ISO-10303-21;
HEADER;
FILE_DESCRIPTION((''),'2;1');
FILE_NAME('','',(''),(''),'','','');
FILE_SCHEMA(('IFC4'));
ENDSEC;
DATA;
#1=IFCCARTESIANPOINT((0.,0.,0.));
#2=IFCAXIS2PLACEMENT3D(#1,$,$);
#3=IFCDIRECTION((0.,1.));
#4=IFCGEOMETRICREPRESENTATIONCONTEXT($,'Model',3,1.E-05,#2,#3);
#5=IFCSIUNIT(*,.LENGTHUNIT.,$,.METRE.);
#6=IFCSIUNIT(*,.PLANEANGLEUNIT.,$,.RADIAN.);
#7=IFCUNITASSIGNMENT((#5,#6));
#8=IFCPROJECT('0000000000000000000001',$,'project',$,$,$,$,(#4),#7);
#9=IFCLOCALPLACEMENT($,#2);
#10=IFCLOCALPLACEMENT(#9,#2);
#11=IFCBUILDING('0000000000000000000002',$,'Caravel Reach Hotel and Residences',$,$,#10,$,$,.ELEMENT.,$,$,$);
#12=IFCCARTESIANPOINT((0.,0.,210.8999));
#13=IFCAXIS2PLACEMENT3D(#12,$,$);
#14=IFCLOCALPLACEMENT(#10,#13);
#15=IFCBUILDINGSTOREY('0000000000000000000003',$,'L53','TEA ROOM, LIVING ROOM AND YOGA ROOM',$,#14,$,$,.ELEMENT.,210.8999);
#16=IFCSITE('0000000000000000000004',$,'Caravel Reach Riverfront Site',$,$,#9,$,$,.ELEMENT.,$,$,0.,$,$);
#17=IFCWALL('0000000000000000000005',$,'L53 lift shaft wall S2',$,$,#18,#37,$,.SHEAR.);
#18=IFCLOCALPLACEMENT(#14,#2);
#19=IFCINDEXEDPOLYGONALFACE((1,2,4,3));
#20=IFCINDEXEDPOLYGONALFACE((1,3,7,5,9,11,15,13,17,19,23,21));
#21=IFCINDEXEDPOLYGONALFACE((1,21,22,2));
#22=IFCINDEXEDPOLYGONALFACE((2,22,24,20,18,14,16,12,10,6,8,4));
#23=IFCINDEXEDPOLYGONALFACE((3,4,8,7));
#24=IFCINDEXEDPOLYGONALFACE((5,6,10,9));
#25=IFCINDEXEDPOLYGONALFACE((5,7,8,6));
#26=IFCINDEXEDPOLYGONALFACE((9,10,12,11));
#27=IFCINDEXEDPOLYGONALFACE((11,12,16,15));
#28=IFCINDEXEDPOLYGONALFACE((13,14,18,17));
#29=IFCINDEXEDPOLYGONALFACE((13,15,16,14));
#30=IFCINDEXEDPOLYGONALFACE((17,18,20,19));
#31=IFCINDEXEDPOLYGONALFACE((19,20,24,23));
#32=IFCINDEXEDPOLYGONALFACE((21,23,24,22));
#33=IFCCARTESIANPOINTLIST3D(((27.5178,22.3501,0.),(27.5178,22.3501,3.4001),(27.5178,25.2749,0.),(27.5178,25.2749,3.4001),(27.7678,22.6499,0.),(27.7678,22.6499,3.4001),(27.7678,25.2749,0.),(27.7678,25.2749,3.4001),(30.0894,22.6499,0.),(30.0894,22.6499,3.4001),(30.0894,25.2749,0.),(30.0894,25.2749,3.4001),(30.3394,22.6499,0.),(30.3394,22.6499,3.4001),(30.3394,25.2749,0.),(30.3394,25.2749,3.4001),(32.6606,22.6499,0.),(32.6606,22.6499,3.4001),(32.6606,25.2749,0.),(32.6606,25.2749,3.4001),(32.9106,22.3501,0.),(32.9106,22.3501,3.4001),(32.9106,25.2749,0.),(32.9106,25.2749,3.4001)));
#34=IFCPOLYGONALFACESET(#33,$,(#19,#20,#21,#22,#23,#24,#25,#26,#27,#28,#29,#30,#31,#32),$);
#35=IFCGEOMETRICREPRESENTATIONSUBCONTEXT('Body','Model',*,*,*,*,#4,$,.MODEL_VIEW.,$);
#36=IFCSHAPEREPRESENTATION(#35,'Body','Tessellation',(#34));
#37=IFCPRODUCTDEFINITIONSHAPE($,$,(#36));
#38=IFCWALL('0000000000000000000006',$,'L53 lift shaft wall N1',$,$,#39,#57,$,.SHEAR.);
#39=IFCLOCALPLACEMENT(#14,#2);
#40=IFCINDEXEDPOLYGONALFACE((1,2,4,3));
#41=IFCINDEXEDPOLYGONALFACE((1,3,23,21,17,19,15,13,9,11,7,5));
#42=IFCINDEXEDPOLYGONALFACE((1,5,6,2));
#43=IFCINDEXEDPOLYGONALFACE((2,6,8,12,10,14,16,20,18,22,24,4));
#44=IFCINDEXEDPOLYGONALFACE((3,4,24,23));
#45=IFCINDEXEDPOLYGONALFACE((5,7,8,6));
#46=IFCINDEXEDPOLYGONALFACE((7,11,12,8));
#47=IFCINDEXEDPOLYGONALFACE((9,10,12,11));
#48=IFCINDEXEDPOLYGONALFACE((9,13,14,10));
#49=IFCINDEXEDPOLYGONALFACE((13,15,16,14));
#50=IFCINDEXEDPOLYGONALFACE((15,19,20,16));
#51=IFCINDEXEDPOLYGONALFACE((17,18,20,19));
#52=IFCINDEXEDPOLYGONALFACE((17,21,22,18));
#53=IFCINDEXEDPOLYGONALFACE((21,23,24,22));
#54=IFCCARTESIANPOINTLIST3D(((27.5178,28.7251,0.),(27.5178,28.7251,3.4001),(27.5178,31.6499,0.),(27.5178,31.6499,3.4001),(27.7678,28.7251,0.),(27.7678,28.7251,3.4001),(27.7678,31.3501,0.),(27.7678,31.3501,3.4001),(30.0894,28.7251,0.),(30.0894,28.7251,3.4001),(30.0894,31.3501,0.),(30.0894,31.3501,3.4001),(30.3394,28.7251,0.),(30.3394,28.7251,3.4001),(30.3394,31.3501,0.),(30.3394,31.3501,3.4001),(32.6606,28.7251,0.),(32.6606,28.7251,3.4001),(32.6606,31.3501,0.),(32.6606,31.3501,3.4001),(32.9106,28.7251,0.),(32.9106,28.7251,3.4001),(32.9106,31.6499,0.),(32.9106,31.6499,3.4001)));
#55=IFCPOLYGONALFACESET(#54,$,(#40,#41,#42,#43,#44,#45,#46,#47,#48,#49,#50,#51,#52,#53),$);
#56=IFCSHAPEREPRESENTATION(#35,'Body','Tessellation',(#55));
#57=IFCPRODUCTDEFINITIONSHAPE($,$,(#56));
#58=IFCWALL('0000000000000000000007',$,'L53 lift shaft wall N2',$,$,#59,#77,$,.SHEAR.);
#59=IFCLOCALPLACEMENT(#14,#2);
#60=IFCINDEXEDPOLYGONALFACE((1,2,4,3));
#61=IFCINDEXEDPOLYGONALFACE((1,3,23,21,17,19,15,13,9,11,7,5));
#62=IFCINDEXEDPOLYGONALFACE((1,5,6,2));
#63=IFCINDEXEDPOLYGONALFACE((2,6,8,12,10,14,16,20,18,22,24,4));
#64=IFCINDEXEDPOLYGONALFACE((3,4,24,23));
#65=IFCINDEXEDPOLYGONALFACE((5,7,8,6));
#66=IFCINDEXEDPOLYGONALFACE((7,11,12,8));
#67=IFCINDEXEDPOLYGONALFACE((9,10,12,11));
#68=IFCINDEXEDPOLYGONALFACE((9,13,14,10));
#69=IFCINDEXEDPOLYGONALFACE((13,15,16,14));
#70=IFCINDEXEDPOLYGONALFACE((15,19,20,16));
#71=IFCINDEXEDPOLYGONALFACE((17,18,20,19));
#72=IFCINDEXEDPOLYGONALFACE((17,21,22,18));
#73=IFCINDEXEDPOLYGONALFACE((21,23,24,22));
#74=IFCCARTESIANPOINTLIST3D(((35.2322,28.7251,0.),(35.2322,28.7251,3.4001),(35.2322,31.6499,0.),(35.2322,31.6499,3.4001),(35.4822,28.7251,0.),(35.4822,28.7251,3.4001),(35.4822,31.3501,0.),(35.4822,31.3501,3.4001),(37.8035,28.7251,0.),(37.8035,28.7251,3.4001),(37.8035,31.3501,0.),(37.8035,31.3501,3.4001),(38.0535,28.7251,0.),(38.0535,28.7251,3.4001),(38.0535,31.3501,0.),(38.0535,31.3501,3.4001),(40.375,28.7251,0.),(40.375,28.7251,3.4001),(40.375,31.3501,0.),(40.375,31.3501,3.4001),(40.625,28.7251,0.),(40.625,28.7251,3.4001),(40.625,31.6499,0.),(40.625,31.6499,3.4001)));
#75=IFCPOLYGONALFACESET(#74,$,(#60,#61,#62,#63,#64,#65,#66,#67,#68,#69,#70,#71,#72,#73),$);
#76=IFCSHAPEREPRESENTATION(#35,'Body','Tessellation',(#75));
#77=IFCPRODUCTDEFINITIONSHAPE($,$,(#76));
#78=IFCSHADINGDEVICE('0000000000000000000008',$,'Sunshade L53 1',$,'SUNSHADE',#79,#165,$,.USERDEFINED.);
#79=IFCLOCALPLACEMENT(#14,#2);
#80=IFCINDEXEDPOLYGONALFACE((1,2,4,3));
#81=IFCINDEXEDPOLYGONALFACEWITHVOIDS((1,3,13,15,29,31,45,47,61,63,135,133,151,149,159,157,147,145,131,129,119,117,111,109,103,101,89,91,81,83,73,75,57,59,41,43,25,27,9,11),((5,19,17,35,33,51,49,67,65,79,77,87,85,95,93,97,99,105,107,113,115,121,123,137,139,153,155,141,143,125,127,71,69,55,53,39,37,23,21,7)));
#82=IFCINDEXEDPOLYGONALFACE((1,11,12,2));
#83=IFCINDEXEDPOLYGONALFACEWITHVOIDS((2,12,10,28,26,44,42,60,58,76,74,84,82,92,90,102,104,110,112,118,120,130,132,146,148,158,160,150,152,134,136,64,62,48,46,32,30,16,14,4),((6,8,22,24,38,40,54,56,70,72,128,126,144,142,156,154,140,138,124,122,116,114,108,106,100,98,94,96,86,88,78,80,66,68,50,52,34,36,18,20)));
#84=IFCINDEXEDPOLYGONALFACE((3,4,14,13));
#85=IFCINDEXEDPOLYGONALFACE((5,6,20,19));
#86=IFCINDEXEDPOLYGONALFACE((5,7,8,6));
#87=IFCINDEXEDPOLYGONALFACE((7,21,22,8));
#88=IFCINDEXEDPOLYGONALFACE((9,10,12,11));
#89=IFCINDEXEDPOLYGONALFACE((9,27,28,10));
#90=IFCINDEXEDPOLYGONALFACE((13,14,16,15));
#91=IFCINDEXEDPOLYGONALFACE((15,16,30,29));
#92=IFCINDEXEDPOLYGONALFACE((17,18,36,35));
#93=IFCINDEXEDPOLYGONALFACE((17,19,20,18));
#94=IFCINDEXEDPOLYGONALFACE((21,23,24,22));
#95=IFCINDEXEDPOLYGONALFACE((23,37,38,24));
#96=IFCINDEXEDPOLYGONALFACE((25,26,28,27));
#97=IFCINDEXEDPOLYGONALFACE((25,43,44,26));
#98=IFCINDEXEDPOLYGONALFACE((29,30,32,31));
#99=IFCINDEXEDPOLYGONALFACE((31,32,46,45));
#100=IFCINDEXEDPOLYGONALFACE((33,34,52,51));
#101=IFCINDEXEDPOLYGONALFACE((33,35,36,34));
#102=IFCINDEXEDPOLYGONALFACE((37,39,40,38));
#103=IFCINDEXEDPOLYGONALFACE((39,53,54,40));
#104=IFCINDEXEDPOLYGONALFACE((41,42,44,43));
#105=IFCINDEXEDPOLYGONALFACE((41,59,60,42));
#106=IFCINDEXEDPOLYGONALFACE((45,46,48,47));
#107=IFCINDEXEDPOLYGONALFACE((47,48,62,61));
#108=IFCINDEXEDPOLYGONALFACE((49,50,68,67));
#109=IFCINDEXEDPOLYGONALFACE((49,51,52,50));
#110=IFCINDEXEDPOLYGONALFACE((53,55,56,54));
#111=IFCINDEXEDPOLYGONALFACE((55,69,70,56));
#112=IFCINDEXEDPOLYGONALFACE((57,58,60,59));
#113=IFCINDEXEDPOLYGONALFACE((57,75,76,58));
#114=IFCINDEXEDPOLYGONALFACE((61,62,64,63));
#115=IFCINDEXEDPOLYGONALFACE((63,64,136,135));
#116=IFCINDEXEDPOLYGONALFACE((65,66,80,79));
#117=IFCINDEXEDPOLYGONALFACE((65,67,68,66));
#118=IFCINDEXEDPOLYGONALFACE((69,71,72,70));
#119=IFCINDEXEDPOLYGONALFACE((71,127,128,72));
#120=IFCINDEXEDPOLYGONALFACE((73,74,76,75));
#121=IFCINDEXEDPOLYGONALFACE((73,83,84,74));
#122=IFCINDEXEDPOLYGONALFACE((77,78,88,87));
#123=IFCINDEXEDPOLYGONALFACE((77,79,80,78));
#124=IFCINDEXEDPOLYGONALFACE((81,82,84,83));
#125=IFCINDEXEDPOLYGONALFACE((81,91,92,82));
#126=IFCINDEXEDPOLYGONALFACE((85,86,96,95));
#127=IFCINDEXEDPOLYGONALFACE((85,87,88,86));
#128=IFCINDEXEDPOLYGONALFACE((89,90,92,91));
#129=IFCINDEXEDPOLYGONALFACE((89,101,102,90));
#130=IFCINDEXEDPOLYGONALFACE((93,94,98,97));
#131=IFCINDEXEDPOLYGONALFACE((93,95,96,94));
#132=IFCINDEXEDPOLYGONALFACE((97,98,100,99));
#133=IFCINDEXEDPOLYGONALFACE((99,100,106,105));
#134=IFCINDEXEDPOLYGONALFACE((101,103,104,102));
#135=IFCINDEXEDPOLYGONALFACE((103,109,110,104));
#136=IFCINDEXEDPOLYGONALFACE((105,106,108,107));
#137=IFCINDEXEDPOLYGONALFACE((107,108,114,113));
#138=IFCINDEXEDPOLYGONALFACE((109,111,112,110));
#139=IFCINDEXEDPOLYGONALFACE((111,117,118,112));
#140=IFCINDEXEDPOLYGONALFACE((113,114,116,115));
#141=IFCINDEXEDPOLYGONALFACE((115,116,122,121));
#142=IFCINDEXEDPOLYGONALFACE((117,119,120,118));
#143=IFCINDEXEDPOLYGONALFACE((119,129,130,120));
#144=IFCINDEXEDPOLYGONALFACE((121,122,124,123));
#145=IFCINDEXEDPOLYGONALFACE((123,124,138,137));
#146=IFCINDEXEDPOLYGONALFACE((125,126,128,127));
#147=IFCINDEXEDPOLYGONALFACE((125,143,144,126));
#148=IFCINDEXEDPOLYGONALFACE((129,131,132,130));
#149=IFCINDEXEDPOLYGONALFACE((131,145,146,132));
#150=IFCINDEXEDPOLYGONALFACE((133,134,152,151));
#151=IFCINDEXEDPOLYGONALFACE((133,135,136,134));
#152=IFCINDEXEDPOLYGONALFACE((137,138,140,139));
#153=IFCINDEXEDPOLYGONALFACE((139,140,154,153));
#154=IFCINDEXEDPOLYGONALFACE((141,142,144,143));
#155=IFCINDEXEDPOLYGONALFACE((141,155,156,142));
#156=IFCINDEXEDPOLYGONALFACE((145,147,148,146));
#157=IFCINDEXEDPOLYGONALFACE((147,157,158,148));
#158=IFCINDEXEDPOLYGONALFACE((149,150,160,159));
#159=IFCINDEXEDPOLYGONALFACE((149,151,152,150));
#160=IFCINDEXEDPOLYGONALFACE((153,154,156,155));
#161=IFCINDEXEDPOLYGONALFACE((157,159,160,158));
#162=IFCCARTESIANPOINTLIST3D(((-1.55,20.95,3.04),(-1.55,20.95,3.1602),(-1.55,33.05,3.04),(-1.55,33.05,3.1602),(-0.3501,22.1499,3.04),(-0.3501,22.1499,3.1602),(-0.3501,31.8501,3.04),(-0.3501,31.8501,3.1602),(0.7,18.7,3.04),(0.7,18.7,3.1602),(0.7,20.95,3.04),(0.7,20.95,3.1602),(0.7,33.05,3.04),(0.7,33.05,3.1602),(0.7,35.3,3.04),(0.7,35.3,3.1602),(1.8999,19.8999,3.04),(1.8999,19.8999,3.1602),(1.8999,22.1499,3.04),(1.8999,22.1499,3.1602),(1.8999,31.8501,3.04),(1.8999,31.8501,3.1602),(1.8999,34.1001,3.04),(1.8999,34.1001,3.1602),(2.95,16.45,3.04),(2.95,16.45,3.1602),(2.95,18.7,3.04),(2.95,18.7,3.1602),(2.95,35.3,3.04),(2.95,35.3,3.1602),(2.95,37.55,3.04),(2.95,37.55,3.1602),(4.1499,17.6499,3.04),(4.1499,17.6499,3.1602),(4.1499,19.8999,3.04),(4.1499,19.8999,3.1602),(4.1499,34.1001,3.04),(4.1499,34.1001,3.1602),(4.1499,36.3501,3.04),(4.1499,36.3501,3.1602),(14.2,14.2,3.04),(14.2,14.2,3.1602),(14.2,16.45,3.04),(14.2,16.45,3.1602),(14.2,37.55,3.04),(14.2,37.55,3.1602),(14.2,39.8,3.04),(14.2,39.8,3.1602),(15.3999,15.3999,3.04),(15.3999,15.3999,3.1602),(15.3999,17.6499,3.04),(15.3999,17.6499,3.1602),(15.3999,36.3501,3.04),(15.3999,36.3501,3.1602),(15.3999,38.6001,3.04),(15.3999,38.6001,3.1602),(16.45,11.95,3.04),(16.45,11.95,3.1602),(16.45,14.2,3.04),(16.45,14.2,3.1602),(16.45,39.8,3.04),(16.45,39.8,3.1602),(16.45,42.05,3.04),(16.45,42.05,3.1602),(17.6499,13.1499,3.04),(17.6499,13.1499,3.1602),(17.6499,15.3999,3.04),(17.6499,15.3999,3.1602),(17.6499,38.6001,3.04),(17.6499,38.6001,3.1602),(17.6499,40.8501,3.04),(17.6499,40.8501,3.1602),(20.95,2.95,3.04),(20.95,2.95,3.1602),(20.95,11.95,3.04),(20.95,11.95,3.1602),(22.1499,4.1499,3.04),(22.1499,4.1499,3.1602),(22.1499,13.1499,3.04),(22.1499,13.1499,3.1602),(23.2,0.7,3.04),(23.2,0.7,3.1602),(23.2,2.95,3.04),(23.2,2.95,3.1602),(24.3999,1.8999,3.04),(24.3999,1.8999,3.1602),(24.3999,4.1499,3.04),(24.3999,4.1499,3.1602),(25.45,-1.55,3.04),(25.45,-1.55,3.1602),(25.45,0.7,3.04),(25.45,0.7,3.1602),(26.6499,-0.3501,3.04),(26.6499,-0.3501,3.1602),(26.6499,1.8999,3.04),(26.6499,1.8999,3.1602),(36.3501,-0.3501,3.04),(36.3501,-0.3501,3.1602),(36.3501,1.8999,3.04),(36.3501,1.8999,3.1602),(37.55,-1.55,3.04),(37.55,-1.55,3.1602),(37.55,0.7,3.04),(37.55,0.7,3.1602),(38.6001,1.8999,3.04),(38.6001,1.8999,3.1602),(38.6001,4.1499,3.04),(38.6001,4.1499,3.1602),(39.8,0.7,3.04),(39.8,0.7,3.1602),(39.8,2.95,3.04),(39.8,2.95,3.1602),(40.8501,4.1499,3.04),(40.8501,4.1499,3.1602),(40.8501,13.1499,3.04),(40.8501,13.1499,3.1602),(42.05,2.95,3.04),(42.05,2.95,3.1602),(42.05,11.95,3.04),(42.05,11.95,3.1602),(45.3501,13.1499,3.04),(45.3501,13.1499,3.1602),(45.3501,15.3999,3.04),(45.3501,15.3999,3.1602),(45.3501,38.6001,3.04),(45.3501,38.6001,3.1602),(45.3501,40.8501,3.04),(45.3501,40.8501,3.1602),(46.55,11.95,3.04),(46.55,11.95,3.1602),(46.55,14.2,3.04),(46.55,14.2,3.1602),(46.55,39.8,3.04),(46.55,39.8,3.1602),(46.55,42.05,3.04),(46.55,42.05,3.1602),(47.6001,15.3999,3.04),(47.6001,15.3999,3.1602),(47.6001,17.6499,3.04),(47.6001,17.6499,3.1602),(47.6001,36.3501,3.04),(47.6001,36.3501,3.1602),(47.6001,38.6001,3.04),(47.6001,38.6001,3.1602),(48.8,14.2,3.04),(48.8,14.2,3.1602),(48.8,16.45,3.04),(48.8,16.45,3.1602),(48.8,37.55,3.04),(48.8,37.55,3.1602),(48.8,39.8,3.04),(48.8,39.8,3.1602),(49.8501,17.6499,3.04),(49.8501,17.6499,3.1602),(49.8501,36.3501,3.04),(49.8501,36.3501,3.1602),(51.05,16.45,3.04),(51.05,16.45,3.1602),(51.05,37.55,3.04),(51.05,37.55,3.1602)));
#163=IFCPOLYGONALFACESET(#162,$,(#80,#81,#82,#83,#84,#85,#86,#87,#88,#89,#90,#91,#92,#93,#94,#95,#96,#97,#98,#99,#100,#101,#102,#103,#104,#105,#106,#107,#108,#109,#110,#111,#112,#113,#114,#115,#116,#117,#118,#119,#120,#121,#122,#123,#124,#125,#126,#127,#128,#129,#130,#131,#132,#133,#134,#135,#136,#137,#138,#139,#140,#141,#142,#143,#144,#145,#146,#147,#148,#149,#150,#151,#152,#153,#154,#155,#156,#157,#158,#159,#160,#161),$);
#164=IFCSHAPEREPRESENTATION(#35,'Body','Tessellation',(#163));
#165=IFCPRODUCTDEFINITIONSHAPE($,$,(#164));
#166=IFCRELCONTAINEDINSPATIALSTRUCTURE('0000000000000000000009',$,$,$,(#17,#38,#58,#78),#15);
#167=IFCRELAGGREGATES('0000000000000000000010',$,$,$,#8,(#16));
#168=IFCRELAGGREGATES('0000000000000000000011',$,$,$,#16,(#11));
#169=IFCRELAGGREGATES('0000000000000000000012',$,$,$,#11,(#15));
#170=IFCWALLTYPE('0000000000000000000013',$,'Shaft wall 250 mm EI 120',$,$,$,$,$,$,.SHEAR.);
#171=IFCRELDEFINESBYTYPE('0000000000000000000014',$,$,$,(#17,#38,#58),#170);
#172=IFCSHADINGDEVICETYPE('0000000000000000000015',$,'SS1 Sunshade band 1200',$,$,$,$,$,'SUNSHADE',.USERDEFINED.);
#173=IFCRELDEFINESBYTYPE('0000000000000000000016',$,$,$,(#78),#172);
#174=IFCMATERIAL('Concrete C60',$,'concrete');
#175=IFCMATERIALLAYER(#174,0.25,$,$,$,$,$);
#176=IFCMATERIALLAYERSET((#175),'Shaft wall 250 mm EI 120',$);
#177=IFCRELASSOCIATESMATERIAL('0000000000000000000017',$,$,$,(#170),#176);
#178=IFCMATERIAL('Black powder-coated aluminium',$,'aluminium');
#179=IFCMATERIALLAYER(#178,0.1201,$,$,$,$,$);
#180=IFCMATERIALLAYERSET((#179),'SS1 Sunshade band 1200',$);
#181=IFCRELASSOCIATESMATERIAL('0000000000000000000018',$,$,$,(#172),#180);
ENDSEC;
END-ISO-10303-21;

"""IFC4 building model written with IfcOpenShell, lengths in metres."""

from ifc_helpers import new_model, si_unit, direction, frame, origin, place, context, subcontext, project, spatial, polyline, outline, extrude, material, layer, layer_set, type_object, element, save


model = new_model("IFC4")

# Units and contexts
model_context = context("Model", 3, precision=1e-05, world=origin(), true_north=direction((0.0, 1.0)))
body_context = subcontext(model_context, "Body", "Model", "MODEL_VIEW")
ifc_project = project(units=[si_unit("LENGTHUNIT", "METRE"), si_unit("PLANEANGLEUNIT", "RADIAN")], contexts=[model_context])

# Site, building, storey
site_placement = place(None, origin())
site = spatial("IfcSite", under=ifc_project, at=site_placement, Name="Caravel Reach Riverfront Site", CompositionType="ELEMENT", RefElevation=0.0)
building_placement = place(site_placement, origin())
building = spatial("IfcBuilding", under=site, at=building_placement, Name="Caravel Reach Hotel and Residences", CompositionType="ELEMENT")
storey_placement = place(building_placement, frame((0.0, 0.0, 210.8999)))
storey = spatial("IfcBuildingStorey", under=building, at=storey_placement, Name="L53", Description="TEA ROOM, LIVING ROOM AND YOGA ROOM", CompositionType="ELEMENT", Elevation=210.8999)

# Walls
ifc_material_1 = material(Name="Concrete C60", Category="concrete")
ifc_layer_1 = layer(ifc_material_1, 0.25)
ifc_layer_set_1 = layer_set([ifc_layer_1], Name="Shaft wall 250 mm EI 120")
wall_type_1 = type_object("IfcWallType", Name="Shaft wall 250 mm EI 120", PredefinedType="SHEAR", material=ifc_layer_set_1)
wall_1_placement = place(storey_placement, origin())
element("IfcWall", 1, at=wall_1_placement, inside=storey, type_object=wall_type_1, Name="L53 lift shaft wall S2", PredefinedType="SHEAR", context=body_context, shape_type="SweptSolid", body=[
    extrude(outline(polyline([(27.5178, 22.3501), (32.9106, 22.3501), (32.9106, 25.2749), (32.6606, 25.2749), (32.6606, 22.6499), (30.3394, 22.6499), (30.3394, 25.2749), (30.0894, 25.2749), (30.0894, 22.6499), (27.7678, 22.6499), (27.7678, 25.2749), (27.5178, 25.2749), (27.5178, 22.3501)])), origin(), (0.0, 0.0, 1.0), 3.4001),
])
wall_2_placement = place(storey_placement, origin())
element("IfcWall", 2, at=wall_2_placement, inside=storey, type_object=wall_type_1, Name="L53 lift shaft wall N1", PredefinedType="SHEAR", context=body_context, shape_type="SweptSolid", body=[
    extrude(outline(polyline([(27.5178, 28.7251), (27.7678, 28.7251), (27.7678, 31.3501), (30.0894, 31.3501), (30.0894, 28.7251), (30.3394, 28.7251), (30.3394, 31.3501), (32.6606, 31.3501), (32.6606, 28.7251), (32.9106, 28.7251), (32.9106, 31.6499), (27.5178, 31.6499), (27.5178, 28.7251)])), origin(), (0.0, 0.0, 1.0), 3.4001),
])
wall_3_placement = place(storey_placement, origin())
element("IfcWall", 3, at=wall_3_placement, inside=storey, type_object=wall_type_1, Name="L53 lift shaft wall N2", PredefinedType="SHEAR", context=body_context, shape_type="SweptSolid", body=[
    extrude(outline(polyline([(35.2322, 28.7251), (35.4822, 28.7251), (35.4822, 31.3501), (37.8035, 31.3501), (37.8035, 28.7251), (38.0535, 28.7251), (38.0535, 31.3501), (40.375, 31.3501), (40.375, 28.7251), (40.625, 28.7251), (40.625, 31.6499), (35.2322, 31.6499), (35.2322, 28.7251)])), origin(), (0.0, 0.0, 1.0), 3.4001),
])

# Shading device
ifc_material_2 = material(Name="Black powder-coated aluminium", Category="aluminium")
ifc_layer_2 = layer(ifc_material_2, 0.1201)
ifc_layer_set_2 = layer_set([ifc_layer_2], Name="SS1 Sunshade band 1200")
shading_device_type = type_object("IfcShadingDeviceType", Name="SS1 Sunshade band 1200", ElementType="SUNSHADE", PredefinedType="USERDEFINED", material=ifc_layer_set_2)
shading_device_placement = place(storey_placement, frame((0.0, 0.0, 3.04)))
element("IfcShadingDevice", 4, at=shading_device_placement, inside=storey, type_object=shading_device_type, Name="Sunshade L53 1", ObjectType="SUNSHADE", PredefinedType="USERDEFINED", context=body_context, shape_type="SweptSolid", body=[
    extrude(outline(polyline([(42.05, 2.95), (42.05, 11.95), (46.55, 11.95), (46.55, 14.2), (48.8, 14.2), (48.8, 16.45), (51.05, 16.45), (51.05, 37.55), (48.8, 37.55), (48.8, 39.8), (46.55, 39.8), (46.55, 42.05), (16.45, 42.05), (16.45, 39.8), (14.2, 39.8), (14.2, 37.55), (2.95, 37.55), (2.95, 35.3), (0.7, 35.3), (0.7, 33.05), (-1.55, 33.05), (-1.55, 20.95), (0.7, 20.95), (0.7, 18.7), (2.95, 18.7), (2.95, 16.45), (14.2, 16.45), (14.2, 14.2), (16.45, 14.2), (16.45, 11.95), (20.95, 11.95), (20.95, 2.95), (23.2, 2.95), (23.2, 0.7), (25.45, 0.7), (25.45, -1.55), (37.55, -1.55), (37.55, 0.7), (39.8, 0.7), (39.8, 2.95), (42.05, 2.95)]), holes=[polyline([(45.3501, 13.1499), (40.8501, 13.1499), (40.8501, 4.1499), (38.6001, 4.1499), (38.6001, 1.8999), (36.3501, 1.8999), (36.3501, -0.3501), (26.6499, -0.3501), (26.6499, 1.8999), (24.3999, 1.8999), (24.3999, 4.1499), (22.1499, 4.1499), (22.1499, 13.1499), (17.6499, 13.1499), (17.6499, 15.3999), (15.3999, 15.3999), (15.3999, 17.6499), (4.1499, 17.6499), (4.1499, 19.8999), (1.8999, 19.8999), (1.8999, 22.1499), (-0.3501, 22.1499), (-0.3501, 31.8501), (1.8999, 31.8501), (1.8999, 34.1001), (4.1499, 34.1001), (4.1499, 36.3501), (15.3999, 36.3501), (15.3999, 38.6001), (17.6499, 38.6001), (17.6499, 40.8501), (45.3501, 40.8501), (45.3501, 38.6001), (47.6001, 38.6001), (47.6001, 36.3501), (49.8501, 36.3501), (49.8501, 17.6499), (47.6001, 17.6499), (47.6001, 15.3999), (45.3501, 15.3999), (45.3501, 13.1499)])]), origin(), (0.0, 0.0, 1.0), 0.1201),
])

save(model, "model.ifc")
